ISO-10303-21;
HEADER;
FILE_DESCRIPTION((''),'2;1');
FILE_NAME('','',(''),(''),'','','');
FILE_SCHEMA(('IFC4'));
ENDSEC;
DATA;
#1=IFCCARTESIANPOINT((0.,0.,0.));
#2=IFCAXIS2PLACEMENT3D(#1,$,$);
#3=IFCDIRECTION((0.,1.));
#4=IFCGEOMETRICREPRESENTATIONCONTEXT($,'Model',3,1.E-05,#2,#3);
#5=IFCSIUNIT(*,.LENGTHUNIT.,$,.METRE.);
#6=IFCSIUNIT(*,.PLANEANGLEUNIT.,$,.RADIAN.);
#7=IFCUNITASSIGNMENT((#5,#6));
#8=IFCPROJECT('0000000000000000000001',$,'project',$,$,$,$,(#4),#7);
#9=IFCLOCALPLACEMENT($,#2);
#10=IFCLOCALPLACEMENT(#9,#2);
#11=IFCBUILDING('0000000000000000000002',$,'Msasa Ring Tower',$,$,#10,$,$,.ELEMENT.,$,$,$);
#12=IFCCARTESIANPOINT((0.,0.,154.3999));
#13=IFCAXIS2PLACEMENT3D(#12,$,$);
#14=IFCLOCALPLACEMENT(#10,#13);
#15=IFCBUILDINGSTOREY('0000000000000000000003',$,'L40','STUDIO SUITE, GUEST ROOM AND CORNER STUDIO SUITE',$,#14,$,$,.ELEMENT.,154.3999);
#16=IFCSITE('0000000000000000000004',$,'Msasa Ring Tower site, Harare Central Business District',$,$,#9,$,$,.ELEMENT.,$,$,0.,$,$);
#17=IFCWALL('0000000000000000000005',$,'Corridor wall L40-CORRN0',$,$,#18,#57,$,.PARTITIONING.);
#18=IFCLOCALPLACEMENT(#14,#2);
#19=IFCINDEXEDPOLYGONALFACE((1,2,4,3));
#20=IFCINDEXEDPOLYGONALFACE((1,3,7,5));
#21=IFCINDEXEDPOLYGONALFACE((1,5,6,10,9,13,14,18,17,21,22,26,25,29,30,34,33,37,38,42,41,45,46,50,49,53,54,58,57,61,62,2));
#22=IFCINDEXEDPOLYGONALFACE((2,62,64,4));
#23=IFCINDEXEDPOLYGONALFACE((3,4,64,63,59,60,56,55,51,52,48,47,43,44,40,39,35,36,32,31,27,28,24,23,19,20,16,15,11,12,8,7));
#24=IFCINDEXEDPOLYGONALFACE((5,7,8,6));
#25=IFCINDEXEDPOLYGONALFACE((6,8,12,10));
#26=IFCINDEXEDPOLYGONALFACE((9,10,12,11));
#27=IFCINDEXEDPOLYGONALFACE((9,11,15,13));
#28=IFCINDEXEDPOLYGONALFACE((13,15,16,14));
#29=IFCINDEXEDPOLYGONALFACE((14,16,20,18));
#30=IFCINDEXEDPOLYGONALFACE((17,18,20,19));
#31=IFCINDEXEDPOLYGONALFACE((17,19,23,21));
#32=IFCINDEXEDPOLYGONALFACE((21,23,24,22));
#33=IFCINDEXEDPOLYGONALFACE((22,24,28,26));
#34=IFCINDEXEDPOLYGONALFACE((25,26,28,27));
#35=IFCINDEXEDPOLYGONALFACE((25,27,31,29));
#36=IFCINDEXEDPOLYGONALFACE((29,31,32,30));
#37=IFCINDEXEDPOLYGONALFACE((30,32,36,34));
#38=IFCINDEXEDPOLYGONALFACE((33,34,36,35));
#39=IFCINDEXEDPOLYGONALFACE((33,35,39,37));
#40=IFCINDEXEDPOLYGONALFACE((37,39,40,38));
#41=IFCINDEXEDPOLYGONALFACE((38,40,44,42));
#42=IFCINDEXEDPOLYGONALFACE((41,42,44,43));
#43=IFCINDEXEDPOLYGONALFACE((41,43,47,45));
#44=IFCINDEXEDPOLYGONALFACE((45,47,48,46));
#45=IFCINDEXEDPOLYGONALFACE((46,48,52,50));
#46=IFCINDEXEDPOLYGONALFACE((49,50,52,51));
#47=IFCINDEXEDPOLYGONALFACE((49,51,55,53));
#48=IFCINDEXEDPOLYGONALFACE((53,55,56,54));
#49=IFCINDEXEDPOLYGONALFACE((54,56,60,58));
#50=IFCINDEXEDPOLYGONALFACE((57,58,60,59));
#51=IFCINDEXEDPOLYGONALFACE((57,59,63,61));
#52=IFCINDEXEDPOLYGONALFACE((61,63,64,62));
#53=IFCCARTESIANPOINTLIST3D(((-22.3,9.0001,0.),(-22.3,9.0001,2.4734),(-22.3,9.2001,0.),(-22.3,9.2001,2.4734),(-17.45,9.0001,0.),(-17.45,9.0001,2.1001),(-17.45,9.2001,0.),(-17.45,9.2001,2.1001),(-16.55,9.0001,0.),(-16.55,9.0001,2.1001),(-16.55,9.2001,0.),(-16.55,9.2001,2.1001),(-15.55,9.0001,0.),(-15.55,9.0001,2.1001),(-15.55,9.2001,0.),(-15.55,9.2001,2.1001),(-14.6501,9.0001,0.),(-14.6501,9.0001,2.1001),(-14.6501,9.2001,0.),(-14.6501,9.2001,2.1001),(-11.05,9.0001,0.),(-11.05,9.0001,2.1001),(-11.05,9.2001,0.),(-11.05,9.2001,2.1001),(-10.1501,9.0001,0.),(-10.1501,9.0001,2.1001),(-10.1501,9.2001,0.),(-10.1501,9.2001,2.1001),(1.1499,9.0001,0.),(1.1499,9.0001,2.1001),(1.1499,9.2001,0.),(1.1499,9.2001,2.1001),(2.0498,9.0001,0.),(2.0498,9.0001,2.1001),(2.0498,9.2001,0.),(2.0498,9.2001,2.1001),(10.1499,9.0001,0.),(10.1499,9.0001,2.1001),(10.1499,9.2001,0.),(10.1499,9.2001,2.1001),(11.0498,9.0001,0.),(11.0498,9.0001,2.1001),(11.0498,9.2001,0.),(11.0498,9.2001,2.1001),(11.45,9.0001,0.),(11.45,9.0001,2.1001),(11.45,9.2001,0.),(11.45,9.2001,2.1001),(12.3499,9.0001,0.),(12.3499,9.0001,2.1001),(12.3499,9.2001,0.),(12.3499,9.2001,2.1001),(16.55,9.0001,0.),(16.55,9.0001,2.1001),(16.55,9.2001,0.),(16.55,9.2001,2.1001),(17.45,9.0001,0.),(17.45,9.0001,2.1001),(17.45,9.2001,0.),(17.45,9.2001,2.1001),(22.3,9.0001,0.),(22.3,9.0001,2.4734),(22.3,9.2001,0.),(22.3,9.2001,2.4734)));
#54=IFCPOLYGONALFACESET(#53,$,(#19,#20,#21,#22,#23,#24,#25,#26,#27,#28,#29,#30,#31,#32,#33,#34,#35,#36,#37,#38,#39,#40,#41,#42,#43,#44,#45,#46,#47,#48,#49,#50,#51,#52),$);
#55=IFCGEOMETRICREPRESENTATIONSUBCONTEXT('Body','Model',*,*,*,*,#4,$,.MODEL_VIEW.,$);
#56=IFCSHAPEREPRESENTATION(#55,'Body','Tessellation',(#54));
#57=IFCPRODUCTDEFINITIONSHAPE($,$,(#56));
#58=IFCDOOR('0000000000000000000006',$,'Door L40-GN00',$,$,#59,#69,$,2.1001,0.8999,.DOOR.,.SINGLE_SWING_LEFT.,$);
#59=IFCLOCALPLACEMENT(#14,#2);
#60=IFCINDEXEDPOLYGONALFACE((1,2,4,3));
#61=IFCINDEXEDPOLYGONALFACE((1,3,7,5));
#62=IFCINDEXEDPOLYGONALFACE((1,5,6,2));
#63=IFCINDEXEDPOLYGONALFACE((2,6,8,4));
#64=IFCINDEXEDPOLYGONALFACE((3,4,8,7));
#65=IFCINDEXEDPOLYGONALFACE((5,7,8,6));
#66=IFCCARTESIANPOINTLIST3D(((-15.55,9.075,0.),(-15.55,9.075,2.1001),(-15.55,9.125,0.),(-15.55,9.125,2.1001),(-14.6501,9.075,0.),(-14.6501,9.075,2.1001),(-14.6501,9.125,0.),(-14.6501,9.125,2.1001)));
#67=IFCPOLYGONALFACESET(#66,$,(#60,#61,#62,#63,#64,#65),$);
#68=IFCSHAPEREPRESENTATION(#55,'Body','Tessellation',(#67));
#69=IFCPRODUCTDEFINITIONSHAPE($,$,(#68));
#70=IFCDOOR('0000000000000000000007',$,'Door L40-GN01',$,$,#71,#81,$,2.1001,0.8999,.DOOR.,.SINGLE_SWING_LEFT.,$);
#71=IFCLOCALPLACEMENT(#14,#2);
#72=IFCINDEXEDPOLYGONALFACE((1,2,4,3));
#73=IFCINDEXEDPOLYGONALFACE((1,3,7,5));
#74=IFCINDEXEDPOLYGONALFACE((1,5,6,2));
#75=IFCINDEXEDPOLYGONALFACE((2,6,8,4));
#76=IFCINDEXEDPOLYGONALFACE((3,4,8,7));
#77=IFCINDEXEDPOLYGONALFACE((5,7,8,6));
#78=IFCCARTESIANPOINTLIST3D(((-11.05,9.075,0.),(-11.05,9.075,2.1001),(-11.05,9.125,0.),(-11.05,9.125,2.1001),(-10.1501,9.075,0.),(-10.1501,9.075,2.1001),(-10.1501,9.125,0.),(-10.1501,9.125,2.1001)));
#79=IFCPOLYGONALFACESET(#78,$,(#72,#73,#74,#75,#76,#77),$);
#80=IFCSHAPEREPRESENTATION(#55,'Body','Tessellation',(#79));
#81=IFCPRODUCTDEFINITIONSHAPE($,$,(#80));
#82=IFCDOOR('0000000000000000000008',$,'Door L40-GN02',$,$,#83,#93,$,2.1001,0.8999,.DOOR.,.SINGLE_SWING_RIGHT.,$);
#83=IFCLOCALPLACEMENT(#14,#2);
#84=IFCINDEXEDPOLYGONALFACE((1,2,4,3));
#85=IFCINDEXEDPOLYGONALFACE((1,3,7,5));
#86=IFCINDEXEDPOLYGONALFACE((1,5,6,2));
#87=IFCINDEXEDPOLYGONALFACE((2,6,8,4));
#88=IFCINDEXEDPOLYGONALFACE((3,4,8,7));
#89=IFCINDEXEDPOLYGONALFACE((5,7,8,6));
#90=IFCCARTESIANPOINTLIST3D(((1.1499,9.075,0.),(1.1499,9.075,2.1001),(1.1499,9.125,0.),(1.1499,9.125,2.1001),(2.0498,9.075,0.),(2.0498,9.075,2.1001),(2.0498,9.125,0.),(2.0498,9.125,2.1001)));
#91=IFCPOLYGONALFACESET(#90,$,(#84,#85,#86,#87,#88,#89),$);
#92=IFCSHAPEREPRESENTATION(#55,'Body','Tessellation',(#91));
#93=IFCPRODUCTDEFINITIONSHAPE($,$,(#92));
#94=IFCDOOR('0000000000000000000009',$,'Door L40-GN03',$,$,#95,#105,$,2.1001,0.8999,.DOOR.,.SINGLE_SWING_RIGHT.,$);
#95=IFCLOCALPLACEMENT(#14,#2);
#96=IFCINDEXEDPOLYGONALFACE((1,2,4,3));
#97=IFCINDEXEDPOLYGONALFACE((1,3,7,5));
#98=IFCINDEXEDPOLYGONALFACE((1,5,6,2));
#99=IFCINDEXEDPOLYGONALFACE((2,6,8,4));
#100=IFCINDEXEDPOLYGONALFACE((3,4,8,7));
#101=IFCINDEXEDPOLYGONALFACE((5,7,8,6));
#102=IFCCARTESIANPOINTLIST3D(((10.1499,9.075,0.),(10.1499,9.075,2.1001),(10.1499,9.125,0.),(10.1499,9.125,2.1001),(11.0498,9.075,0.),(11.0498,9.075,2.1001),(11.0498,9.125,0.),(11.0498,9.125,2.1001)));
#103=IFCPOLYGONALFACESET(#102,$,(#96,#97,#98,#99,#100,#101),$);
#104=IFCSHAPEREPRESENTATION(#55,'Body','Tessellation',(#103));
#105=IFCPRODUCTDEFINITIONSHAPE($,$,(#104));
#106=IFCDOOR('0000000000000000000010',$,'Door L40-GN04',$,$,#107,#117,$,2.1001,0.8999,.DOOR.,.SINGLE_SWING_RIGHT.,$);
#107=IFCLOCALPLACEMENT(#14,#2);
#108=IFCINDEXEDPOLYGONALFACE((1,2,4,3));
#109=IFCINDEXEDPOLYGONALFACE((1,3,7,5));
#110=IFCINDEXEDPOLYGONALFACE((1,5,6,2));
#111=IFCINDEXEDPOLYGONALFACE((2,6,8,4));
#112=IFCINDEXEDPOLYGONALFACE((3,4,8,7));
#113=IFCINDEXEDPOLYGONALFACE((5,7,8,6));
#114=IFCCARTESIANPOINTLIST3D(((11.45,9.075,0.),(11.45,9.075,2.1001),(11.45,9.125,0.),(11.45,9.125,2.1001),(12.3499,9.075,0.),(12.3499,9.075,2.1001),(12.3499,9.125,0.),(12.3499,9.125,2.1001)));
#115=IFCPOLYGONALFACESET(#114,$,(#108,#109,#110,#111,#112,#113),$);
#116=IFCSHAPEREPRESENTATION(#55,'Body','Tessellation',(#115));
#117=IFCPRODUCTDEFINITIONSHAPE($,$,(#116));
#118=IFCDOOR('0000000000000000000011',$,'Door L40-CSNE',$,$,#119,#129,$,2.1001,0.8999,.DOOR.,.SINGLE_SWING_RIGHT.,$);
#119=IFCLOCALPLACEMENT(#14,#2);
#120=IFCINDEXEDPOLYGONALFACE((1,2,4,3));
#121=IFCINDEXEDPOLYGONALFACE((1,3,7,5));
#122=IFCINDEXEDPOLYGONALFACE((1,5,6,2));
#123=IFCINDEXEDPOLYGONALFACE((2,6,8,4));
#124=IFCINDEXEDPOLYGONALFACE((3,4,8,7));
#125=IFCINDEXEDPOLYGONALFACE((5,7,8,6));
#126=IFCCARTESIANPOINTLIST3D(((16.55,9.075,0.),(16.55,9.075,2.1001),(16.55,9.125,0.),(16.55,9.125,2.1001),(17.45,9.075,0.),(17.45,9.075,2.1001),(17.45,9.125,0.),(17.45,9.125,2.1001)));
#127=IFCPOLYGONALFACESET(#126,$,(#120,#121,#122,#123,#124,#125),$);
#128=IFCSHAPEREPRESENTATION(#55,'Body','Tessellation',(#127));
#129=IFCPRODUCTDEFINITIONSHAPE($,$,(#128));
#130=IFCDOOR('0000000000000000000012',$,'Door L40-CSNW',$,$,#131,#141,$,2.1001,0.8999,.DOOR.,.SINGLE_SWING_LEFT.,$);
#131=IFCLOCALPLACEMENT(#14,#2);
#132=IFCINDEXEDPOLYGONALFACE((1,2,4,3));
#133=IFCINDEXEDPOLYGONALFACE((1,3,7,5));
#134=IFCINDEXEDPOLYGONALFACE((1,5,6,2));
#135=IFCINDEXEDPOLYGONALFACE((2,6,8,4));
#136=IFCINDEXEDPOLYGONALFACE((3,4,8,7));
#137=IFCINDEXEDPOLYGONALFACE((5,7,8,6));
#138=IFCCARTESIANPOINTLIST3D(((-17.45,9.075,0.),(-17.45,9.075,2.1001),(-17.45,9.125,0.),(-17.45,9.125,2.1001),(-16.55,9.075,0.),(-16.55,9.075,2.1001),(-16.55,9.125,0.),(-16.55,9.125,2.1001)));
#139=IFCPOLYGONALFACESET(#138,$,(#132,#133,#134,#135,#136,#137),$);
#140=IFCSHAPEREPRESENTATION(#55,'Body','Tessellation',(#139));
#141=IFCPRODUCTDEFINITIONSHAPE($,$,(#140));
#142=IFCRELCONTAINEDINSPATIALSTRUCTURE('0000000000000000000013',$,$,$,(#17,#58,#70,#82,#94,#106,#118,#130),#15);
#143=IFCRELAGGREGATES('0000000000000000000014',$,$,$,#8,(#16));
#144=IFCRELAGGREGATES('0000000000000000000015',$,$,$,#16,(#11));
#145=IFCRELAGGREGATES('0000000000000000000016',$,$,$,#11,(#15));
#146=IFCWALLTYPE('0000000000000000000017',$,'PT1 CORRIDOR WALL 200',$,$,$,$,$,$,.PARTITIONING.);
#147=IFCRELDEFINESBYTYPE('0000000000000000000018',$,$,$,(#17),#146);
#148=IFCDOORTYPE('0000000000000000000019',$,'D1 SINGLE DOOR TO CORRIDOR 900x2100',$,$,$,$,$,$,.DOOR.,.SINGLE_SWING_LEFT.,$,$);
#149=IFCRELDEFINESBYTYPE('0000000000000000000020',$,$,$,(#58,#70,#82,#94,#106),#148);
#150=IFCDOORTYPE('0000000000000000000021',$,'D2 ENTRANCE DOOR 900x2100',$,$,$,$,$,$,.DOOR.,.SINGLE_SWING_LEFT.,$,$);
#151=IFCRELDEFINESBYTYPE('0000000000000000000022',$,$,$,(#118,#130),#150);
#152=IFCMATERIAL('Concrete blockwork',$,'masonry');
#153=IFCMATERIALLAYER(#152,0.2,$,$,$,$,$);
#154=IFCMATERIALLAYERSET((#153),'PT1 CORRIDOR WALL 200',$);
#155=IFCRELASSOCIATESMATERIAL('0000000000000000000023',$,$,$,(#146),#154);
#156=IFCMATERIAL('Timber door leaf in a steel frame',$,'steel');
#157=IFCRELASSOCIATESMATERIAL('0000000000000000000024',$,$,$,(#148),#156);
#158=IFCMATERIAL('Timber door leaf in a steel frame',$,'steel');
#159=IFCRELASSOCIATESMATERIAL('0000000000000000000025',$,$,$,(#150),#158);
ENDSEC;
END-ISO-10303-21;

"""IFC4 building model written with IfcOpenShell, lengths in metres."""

from ifc_helpers import new_model, si_unit, direction, frame, frame_2d, origin, place, context, subcontext, project, spatial, rectangle, extrude, material, layer, layer_set, type_object, element, fill, save


model = new_model("IFC4")

# Units and contexts
model_context = context("Model", 3, precision=1e-05, world=origin(), true_north=direction((0.0, 1.0)))
body_context = subcontext(model_context, "Body", "Model", "MODEL_VIEW")
ifc_project = project(units=[si_unit("LENGTHUNIT", "METRE"), si_unit("PLANEANGLEUNIT", "RADIAN")], contexts=[model_context])

# Site, building, storey
site_placement = place(None, origin())
site = spatial("IfcSite", under=ifc_project, at=site_placement, Name="Msasa Ring Tower site, Harare Central Business District", CompositionType="ELEMENT", RefElevation=0.0)
building_placement = place(site_placement, origin())
building = spatial("IfcBuilding", under=site, at=building_placement, Name="Msasa Ring Tower", CompositionType="ELEMENT")
storey_placement = place(building_placement, frame((0.0, 0.0, 154.3999)))
storey = spatial("IfcBuildingStorey", under=building, at=storey_placement, Name="L40", Description="STUDIO SUITE, GUEST ROOM AND CORNER STUDIO SUITE", CompositionType="ELEMENT", Elevation=154.3999)

# Wall, openings, doors
ifc_material_1 = material(Name="Concrete blockwork", Category="masonry")
ifc_layer_1 = layer(ifc_material_1, 0.2)
ifc_layer_set_1 = layer_set([ifc_layer_1], Name="PT1 CORRIDOR WALL 200")
wall_type_1 = type_object("IfcWallType", Name="PT1 CORRIDOR WALL 200", PredefinedType="PARTITIONING", material=ifc_layer_set_1)
wall_1_placement = place(storey_placement, frame((-22.3, 9.1001, 0.0), z_axis=(0.0, 0.0, 1.0), x_axis=(1.0, 0.0, 0.0)))
wall_1 = element("IfcWall", 1, at=wall_1_placement, inside=storey, type_object=wall_type_1, Name="Corridor wall L40-CORRN0", PredefinedType="PARTITIONING", context=body_context, shape_type="SweptSolid", body=[
    extrude(rectangle(XDim=44.6001, YDim=0.2, at=frame_2d((22.3, 0.0))), origin(), (0.0, 0.0, 1.0), 2.4734),
])
opening_1_placement = place(wall_1_placement, frame((6.75, 0.0, 0.0)))
opening_1 = element("IfcOpeningElement", 2, at=opening_1_placement, cuts=wall_1, PredefinedType="OPENING", context=body_context, shape_type="SweptSolid", body=[
    extrude(rectangle(XDim=0.8999, YDim=2.1001, at=frame_2d((0.45, 1.05))), frame((0.0, 0.1099, 0.0), z_axis=(0.0, -1.0, 0.0), x_axis=(1.0, 0.0, 0.0)), (0.0, 0.0, 1.0), 0.22),
])
opening_2_placement = place(wall_1_placement, frame((11.25, 0.0, 0.0)))
opening_2 = element("IfcOpeningElement", 3, at=opening_2_placement, cuts=wall_1, PredefinedType="OPENING", context=body_context, shape_type="SweptSolid", body=[
    extrude(rectangle(XDim=0.8999, YDim=2.1001, at=frame_2d((0.45, 1.05))), frame((0.0, 0.1099, 0.0), z_axis=(0.0, -1.0, 0.0), x_axis=(1.0, 0.0, 0.0)), (0.0, 0.0, 1.0), 0.22),
])
opening_3_placement = place(wall_1_placement, frame((23.45, 0.0, 0.0)))
opening_3 = element("IfcOpeningElement", 4, at=opening_3_placement, cuts=wall_1, PredefinedType="OPENING", context=body_context, shape_type="SweptSolid", body=[
    extrude(rectangle(XDim=0.8999, YDim=2.1001, at=frame_2d((0.45, 1.05))), frame((0.0, 0.1099, 0.0), z_axis=(0.0, -1.0, 0.0), x_axis=(1.0, 0.0, 0.0)), (0.0, 0.0, 1.0), 0.22),
])
opening_4_placement = place(wall_1_placement, frame((32.45, 0.0, 0.0)))
opening_4 = element("IfcOpeningElement", 5, at=opening_4_placement, cuts=wall_1, PredefinedType="OPENING", context=body_context, shape_type="SweptSolid", body=[
    extrude(rectangle(XDim=0.8999, YDim=2.1001, at=frame_2d((0.45, 1.05))), frame((0.0, 0.1099, 0.0), z_axis=(0.0, -1.0, 0.0), x_axis=(1.0, 0.0, 0.0)), (0.0, 0.0, 1.0), 0.22),
])
opening_5_placement = place(wall_1_placement, frame((33.75, 0.0, 0.0)))
opening_5 = element("IfcOpeningElement", 6, at=opening_5_placement, cuts=wall_1, PredefinedType="OPENING", context=body_context, shape_type="SweptSolid", body=[
    extrude(rectangle(XDim=0.8999, YDim=2.1001, at=frame_2d((0.45, 1.05))), frame((0.0, 0.1099, 0.0), z_axis=(0.0, -1.0, 0.0), x_axis=(1.0, 0.0, 0.0)), (0.0, 0.0, 1.0), 0.22),
])
opening_6_placement = place(wall_1_placement, frame((38.8501, 0.0, 0.0)))
opening_6 = element("IfcOpeningElement", 7, at=opening_6_placement, cuts=wall_1, PredefinedType="OPENING", context=body_context, shape_type="SweptSolid", body=[
    extrude(rectangle(XDim=0.8999, YDim=2.1001, at=frame_2d((0.45, 1.05))), frame((0.0, 0.1099, 0.0), z_axis=(0.0, -1.0, 0.0), x_axis=(1.0, 0.0, 0.0)), (0.0, 0.0, 1.0), 0.22),
])
opening_7_placement = place(wall_1_placement, frame((4.8501, 0.0, 0.0)))
opening_7 = element("IfcOpeningElement", 8, at=opening_7_placement, cuts=wall_1, PredefinedType="OPENING", context=body_context, shape_type="SweptSolid", body=[
    extrude(rectangle(XDim=0.8999, YDim=2.1001, at=frame_2d((0.45, 1.05))), frame((0.0, 0.1099, 0.0), z_axis=(0.0, -1.0, 0.0), x_axis=(1.0, 0.0, 0.0)), (0.0, 0.0, 1.0), 0.22),
])
ifc_material_2 = material(Name="Timber door leaf in a steel frame", Category="steel")
door_type_1 = type_object("IfcDoorType", Name="D1 SINGLE DOOR TO CORRIDOR 900x2100", OperationType="SINGLE_SWING_LEFT", PredefinedType="DOOR", material=ifc_material_2)
door_1_placement = place(opening_1_placement, origin())
door_1 = element("IfcDoor", 9, at=door_1_placement, inside=storey, type_object=door_type_1, Name="Door L40-GN00", OperationType="SINGLE_SWING_LEFT", OverallHeight=2.1001, OverallWidth=0.8999, PredefinedType="DOOR", context=body_context, shape_type="SweptSolid", body=[
    extrude(rectangle(XDim=0.8999, YDim=2.1001, at=frame_2d((0.45, 1.05))), frame((0.0, 0.0249, 0.0), z_axis=(0.0, -1.0, 0.0), x_axis=(1.0, 0.0, 0.0)), (0.0, 0.0, 1.0), 0.05),
])
fill(opening_1, door_1)
door_2_placement = place(opening_2_placement, origin())
door_2 = element("IfcDoor", 10, at=door_2_placement, inside=storey, type_object=door_type_1, Name="Door L40-GN01", OperationType="SINGLE_SWING_LEFT", OverallHeight=2.1001, OverallWidth=0.8999, PredefinedType="DOOR", context=body_context, shape_type="SweptSolid", body=[
    extrude(rectangle(XDim=0.8999, YDim=2.1001, at=frame_2d((0.45, 1.05))), frame((0.0, 0.0249, 0.0), z_axis=(0.0, -1.0, 0.0), x_axis=(1.0, 0.0, 0.0)), (0.0, 0.0, 1.0), 0.05),
])
fill(opening_2, door_2)
door_3_placement = place(opening_3_placement, origin())
door_3 = element("IfcDoor", 11, at=door_3_placement, inside=storey, type_object=door_type_1, Name="Door L40-GN02", OperationType="SINGLE_SWING_RIGHT", OverallHeight=2.1001, OverallWidth=0.8999, PredefinedType="DOOR", context=body_context, shape_type="SweptSolid", body=[
    extrude(rectangle(XDim=0.8999, YDim=2.1001, at=frame_2d((0.45, 1.05))), frame((0.0, 0.0249, 0.0), z_axis=(0.0, -1.0, 0.0), x_axis=(1.0, 0.0, 0.0)), (0.0, 0.0, 1.0), 0.05),
])
fill(opening_3, door_3)
door_4_placement = place(opening_4_placement, origin())
door_4 = element("IfcDoor", 12, at=door_4_placement, inside=storey, type_object=door_type_1, Name="Door L40-GN03", OperationType="SINGLE_SWING_RIGHT", OverallHeight=2.1001, OverallWidth=0.8999, PredefinedType="DOOR", context=body_context, shape_type="SweptSolid", body=[
    extrude(rectangle(XDim=0.8999, YDim=2.1001, at=frame_2d((0.45, 1.05))), frame((0.0, 0.0249, 0.0), z_axis=(0.0, -1.0, 0.0), x_axis=(1.0, 0.0, 0.0)), (0.0, 0.0, 1.0), 0.05),
])
fill(opening_4, door_4)
door_5_placement = place(opening_5_placement, origin())
door_5 = element("IfcDoor", 13, at=door_5_placement, inside=storey, type_object=door_type_1, Name="Door L40-GN04", OperationType="SINGLE_SWING_RIGHT", OverallHeight=2.1001, OverallWidth=0.8999, PredefinedType="DOOR", context=body_context, shape_type="SweptSolid", body=[
    extrude(rectangle(XDim=0.8999, YDim=2.1001, at=frame_2d((0.45, 1.05))), frame((0.0, 0.0249, 0.0), z_axis=(0.0, -1.0, 0.0), x_axis=(1.0, 0.0, 0.0)), (0.0, 0.0, 1.0), 0.05),
])
fill(opening_5, door_5)
ifc_material_3 = material(Name="Timber door leaf in a steel frame", Category="steel")
door_type_2 = type_object("IfcDoorType", Name="D2 ENTRANCE DOOR 900x2100", OperationType="SINGLE_SWING_LEFT", PredefinedType="DOOR", material=ifc_material_3)
door_6_placement = place(opening_6_placement, origin())
door_6 = element("IfcDoor", 14, at=door_6_placement, inside=storey, type_object=door_type_2, Name="Door L40-CSNE", OperationType="SINGLE_SWING_RIGHT", OverallHeight=2.1001, OverallWidth=0.8999, PredefinedType="DOOR", context=body_context, shape_type="SweptSolid", body=[
    extrude(rectangle(XDim=0.8999, YDim=2.1001, at=frame_2d((0.45, 1.05))), frame((0.0, 0.0249, 0.0), z_axis=(0.0, -1.0, 0.0), x_axis=(1.0, 0.0, 0.0)), (0.0, 0.0, 1.0), 0.05),
])
fill(opening_6, door_6)
door_7_placement = place(opening_7_placement, origin())
door_7 = element("IfcDoor", 15, at=door_7_placement, inside=storey, type_object=door_type_2, Name="Door L40-CSNW", OperationType="SINGLE_SWING_LEFT", OverallHeight=2.1001, OverallWidth=0.8999, PredefinedType="DOOR", context=body_context, shape_type="SweptSolid", body=[
    extrude(rectangle(XDim=0.8999, YDim=2.1001, at=frame_2d((0.45, 1.05))), frame((0.0, 0.0249, 0.0), z_axis=(0.0, -1.0, 0.0), x_axis=(1.0, 0.0, 0.0)), (0.0, 0.0, 1.0), 0.05),
])
fill(opening_7, door_7)

save(model, "model.ifc")
